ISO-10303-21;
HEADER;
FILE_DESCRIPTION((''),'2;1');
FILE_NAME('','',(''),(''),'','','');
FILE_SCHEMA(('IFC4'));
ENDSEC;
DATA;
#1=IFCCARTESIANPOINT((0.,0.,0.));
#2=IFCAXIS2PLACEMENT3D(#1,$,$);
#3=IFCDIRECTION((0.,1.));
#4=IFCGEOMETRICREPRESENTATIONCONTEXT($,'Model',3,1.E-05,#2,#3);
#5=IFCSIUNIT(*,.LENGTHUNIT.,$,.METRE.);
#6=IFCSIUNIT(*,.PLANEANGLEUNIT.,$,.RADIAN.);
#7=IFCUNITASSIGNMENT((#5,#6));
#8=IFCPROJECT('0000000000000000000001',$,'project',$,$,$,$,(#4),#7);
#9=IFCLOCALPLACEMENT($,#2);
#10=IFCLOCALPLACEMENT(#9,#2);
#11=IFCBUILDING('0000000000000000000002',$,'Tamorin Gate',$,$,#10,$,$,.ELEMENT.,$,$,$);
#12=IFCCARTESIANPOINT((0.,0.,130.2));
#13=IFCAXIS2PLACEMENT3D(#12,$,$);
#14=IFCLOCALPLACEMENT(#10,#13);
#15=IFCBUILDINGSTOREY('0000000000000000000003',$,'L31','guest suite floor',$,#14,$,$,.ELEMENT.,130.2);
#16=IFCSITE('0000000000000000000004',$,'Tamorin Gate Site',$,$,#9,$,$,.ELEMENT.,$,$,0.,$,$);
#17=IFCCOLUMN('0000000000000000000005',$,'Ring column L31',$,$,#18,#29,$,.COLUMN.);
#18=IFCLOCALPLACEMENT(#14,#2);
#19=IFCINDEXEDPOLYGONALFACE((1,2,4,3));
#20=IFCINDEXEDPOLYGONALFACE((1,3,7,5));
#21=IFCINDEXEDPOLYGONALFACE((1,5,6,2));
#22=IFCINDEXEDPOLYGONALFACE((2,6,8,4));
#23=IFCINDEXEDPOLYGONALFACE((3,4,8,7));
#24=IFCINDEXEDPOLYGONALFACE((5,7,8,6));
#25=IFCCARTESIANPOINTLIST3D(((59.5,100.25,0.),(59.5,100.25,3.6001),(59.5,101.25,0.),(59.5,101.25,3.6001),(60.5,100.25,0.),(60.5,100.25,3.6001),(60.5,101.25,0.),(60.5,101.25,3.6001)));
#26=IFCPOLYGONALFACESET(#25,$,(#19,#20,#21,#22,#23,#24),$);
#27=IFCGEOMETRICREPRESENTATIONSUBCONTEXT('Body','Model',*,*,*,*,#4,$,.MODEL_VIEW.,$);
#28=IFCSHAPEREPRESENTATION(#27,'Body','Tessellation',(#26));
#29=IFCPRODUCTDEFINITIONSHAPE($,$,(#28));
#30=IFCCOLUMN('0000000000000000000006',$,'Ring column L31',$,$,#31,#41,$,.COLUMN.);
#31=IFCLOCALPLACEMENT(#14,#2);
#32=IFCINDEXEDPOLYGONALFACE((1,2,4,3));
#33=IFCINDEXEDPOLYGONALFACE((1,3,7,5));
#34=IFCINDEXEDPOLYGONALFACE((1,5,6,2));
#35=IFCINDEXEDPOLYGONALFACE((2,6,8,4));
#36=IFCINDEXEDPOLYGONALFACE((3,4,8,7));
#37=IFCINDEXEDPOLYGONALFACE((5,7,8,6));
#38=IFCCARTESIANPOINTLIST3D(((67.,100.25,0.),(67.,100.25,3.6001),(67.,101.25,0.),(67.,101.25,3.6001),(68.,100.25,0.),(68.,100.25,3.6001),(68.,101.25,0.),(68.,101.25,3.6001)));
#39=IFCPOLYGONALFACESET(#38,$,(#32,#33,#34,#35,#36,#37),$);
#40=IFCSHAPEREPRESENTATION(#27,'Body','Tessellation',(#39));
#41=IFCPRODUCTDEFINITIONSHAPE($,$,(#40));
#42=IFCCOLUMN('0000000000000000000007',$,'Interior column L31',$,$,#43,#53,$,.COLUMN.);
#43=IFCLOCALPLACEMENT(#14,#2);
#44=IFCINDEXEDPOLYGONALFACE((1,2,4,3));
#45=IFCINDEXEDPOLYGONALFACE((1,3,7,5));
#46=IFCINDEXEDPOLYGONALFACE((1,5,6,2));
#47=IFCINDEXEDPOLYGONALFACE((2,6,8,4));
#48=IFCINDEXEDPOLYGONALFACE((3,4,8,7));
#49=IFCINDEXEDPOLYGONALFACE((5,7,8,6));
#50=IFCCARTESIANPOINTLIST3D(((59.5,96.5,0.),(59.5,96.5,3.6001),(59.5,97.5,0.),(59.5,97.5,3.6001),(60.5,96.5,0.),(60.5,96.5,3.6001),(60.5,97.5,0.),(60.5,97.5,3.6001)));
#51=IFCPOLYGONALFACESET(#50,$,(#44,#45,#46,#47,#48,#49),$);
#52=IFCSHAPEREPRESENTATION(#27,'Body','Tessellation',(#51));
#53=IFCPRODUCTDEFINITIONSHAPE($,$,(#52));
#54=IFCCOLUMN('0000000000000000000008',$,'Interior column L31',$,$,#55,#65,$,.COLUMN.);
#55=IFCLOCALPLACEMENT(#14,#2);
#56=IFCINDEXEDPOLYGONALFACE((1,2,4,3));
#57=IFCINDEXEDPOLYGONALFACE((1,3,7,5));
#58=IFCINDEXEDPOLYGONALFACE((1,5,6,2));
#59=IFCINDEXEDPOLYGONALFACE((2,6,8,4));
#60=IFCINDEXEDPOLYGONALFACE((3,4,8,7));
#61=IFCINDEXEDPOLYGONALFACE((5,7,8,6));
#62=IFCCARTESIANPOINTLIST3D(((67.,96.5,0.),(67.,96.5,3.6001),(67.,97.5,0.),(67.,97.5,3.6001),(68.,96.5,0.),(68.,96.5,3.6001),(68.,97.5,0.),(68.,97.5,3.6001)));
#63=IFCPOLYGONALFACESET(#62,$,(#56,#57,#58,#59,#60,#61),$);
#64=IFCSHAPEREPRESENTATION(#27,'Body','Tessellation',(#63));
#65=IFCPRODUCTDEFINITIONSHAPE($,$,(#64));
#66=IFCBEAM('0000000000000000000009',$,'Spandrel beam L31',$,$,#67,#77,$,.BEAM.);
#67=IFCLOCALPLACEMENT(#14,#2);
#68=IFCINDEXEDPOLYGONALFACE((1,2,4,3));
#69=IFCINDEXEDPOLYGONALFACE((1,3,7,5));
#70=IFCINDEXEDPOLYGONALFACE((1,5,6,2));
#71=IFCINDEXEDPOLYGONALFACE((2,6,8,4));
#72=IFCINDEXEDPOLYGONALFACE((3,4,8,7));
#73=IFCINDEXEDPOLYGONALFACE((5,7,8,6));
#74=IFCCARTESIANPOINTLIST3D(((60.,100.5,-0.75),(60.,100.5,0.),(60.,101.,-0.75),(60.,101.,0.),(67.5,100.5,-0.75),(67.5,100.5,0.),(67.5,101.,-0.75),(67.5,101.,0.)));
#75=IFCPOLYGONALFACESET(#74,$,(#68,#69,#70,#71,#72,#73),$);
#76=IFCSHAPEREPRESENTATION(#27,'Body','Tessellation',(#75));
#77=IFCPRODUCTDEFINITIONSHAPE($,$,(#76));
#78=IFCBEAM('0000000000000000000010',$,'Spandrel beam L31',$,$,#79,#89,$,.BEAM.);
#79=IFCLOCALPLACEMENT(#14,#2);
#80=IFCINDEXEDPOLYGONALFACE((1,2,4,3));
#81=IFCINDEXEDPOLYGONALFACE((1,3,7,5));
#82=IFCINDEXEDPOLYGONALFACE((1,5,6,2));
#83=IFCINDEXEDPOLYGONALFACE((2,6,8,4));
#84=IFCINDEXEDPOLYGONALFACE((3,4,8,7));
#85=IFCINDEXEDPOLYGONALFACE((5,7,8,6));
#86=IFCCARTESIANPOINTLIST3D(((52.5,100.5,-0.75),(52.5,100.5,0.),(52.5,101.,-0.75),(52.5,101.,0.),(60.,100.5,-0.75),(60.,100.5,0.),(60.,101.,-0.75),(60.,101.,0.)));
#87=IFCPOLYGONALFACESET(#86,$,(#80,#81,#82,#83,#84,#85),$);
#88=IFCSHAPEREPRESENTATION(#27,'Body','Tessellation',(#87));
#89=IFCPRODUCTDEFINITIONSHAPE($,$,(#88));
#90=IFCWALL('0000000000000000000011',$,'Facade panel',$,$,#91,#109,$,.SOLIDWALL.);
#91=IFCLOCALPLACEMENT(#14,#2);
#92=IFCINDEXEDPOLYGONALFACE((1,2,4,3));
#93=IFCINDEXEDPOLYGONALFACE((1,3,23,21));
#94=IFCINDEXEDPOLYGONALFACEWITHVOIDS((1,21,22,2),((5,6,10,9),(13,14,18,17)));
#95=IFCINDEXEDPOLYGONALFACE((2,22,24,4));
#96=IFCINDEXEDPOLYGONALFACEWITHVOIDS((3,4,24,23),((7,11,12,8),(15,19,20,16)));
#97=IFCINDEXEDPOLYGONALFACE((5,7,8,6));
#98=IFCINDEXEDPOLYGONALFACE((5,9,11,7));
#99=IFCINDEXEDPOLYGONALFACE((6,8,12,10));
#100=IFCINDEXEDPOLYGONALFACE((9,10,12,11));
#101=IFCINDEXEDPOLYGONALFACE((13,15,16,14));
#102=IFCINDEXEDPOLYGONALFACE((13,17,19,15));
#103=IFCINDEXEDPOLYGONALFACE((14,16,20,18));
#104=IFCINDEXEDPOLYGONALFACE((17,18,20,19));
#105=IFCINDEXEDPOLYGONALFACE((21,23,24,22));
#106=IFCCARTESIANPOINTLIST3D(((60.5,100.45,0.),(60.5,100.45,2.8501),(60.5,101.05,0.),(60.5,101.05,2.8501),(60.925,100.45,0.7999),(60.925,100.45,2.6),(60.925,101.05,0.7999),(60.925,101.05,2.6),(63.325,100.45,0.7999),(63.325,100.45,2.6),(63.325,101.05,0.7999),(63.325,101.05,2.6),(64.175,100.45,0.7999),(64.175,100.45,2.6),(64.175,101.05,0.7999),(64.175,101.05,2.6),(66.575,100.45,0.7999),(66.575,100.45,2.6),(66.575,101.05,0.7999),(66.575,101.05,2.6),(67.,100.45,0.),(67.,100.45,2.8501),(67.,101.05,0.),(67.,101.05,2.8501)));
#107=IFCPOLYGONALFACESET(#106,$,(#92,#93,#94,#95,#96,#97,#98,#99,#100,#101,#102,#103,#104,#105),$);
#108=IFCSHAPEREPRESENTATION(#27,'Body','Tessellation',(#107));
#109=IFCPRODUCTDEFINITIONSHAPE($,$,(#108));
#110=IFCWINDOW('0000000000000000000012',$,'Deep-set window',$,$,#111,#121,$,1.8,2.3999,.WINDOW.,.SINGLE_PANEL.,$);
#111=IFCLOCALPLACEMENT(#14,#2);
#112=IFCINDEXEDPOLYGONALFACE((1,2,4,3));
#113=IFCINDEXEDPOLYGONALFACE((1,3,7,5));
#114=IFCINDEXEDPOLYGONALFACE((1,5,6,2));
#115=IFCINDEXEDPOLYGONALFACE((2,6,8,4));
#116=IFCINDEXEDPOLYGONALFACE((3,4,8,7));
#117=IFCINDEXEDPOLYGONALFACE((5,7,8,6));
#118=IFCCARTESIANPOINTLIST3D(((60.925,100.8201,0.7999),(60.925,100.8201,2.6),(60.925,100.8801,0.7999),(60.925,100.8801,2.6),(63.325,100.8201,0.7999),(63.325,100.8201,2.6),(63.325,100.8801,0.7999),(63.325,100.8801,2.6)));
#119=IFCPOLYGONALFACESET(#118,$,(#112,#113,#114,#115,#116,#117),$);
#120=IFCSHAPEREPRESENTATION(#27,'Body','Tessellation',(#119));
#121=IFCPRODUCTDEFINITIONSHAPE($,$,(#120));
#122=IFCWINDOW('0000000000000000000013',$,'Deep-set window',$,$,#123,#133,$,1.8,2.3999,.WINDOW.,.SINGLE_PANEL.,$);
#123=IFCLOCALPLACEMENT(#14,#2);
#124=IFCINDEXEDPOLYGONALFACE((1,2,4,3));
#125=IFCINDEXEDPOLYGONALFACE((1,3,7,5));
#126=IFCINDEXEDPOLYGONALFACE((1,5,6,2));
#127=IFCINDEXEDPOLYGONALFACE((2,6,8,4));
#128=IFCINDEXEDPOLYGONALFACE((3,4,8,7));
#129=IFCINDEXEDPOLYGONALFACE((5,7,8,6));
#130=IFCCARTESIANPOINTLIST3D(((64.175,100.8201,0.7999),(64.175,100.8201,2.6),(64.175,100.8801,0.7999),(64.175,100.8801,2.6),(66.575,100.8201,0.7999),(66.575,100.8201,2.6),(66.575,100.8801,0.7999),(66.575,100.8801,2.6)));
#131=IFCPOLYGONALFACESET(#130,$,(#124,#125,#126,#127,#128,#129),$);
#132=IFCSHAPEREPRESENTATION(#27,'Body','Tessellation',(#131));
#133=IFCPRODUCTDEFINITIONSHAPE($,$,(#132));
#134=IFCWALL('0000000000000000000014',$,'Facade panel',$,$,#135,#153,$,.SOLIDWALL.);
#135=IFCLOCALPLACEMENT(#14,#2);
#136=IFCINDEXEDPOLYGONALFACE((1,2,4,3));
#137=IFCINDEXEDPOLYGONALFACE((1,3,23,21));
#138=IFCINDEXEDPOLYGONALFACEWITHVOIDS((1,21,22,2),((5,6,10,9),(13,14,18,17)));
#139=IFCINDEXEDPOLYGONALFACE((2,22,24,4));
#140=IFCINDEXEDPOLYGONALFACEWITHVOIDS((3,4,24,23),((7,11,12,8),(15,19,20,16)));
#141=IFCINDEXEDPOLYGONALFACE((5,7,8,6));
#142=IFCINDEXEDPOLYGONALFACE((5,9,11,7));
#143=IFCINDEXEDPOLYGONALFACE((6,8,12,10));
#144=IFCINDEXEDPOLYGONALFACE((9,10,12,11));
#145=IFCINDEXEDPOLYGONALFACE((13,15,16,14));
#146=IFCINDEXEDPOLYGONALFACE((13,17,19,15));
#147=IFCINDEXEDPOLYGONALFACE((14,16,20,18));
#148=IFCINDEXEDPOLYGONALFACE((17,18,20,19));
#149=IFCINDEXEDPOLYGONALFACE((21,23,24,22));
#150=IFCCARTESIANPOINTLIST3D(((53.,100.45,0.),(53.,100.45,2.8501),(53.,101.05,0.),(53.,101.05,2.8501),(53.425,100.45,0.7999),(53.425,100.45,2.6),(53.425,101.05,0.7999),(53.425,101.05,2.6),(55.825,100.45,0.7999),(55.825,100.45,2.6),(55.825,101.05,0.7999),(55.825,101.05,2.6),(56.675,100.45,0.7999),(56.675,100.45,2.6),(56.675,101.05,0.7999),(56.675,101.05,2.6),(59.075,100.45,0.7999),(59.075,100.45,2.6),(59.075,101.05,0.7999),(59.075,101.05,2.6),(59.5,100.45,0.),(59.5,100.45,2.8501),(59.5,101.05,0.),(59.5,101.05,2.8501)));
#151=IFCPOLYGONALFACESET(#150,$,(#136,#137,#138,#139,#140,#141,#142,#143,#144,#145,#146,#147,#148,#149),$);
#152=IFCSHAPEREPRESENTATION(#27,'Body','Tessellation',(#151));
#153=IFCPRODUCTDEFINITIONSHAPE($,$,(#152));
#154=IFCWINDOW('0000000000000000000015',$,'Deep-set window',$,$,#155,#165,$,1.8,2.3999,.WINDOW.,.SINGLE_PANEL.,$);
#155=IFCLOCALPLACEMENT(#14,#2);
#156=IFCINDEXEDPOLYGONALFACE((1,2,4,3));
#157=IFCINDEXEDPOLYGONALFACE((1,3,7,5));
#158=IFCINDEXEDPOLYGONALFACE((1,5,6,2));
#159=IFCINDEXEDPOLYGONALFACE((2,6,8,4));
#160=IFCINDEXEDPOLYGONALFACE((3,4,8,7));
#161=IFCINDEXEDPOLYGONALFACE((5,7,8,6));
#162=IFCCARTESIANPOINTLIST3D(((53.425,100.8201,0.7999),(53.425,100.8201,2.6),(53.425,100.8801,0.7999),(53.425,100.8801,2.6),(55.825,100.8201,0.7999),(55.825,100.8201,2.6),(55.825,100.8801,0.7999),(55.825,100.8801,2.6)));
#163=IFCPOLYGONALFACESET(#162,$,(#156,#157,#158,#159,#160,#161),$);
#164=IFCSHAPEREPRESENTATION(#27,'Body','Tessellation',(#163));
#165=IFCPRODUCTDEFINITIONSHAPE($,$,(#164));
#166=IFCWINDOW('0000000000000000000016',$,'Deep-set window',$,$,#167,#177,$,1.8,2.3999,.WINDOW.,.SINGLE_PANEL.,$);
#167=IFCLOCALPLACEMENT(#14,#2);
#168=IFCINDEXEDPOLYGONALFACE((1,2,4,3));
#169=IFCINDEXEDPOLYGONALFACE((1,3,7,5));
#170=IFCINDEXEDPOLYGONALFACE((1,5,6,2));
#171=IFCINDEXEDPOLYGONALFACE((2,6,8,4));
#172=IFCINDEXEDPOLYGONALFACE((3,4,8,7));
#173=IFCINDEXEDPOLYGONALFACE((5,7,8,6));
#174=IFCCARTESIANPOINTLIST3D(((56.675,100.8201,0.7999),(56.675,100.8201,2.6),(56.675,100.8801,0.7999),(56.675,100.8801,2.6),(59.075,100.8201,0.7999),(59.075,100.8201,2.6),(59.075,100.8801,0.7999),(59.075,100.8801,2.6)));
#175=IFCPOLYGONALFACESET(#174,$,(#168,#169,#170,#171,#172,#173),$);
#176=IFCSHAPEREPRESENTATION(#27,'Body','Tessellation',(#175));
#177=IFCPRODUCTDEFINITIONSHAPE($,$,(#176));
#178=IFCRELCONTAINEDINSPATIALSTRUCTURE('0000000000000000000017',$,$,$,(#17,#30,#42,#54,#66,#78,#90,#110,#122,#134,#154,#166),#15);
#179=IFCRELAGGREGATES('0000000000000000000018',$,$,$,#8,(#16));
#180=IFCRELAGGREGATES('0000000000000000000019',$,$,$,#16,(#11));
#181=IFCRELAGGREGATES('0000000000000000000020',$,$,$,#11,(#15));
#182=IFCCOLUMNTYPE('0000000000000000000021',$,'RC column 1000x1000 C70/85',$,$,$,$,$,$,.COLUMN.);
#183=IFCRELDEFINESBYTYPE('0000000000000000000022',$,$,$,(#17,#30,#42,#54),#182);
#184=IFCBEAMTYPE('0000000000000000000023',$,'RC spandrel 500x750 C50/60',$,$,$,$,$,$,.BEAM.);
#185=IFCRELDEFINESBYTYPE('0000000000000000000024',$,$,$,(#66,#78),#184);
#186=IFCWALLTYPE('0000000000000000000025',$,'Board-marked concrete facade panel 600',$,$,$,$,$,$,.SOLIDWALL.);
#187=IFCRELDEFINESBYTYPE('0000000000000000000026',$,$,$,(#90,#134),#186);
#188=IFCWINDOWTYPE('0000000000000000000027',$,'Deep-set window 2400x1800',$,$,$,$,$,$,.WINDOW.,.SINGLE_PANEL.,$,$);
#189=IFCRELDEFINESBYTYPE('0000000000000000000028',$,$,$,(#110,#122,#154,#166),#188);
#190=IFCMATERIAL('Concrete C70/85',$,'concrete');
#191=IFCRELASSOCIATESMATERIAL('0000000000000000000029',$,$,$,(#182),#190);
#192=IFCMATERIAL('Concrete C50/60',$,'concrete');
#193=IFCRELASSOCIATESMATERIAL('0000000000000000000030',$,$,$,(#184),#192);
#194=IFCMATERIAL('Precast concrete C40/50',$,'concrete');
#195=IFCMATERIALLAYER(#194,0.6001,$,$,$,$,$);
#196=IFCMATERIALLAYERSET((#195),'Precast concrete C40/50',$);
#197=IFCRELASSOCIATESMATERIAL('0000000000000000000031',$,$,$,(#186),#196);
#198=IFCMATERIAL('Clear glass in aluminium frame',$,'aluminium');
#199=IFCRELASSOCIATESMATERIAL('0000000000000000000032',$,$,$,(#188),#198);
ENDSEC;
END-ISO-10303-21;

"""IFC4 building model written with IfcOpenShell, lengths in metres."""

from ifc_helpers import new_model, si_unit, direction, frame, frame_2d, origin, origin_2d, place, context, subcontext, project, spatial, rectangle, extrude, material, layer, layer_set, material_profile, profile_set, type_object, element, fill, save


model = new_model("IFC4")

# Units and contexts
model_context = context("Model", 3, precision=1e-05, world=origin(), true_north=direction((0.0, 1.0)))
body_context = subcontext(model_context, "Body", "Model", "MODEL_VIEW")
ifc_project = project(units=[si_unit("LENGTHUNIT", "METRE"), si_unit("PLANEANGLEUNIT", "RADIAN")], contexts=[model_context])

# Site, building, storey
site_placement = place(None, origin())
site = spatial("IfcSite", under=ifc_project, at=site_placement, Name="Tamorin Gate Site", CompositionType="ELEMENT", RefElevation=0.0)
building_placement = place(site_placement, origin())
building = spatial("IfcBuilding", under=site, at=building_placement, Name="Tamorin Gate", CompositionType="ELEMENT")
storey_placement = place(building_placement, frame((0.0, 0.0, 130.2)))
storey = spatial("IfcBuildingStorey", under=building, at=storey_placement, Name="L31", Description="guest suite floor", CompositionType="ELEMENT", Elevation=130.2)

# Columns
ifc_material_1 = material(Name="Concrete C70/85", Category="concrete")
ifc_material_profile_1 = material_profile(ifc_material_1, rectangle(XDim=1.0, YDim=1.0, at=origin_2d()), Name="RC 1000x1000")
ifc_profile_set_1 = profile_set([ifc_material_profile_1], Name="Concrete C70/85")
column_type = type_object("IfcColumnType", Name="RC column 1000x1000 C70/85", PredefinedType="COLUMN", material=ifc_profile_set_1)
for number, where, z_axis, x_axis, name in (
    (1, (60.0, 100.75, 0.0), (0.0, 0.0, 1.0), (1.0, 0.0, 0.0), "Ring column L31"),
    (2, (67.5, 100.75, 0.0), (0.0, 0.0, 1.0), (1.0, 0.0, 0.0), "Ring column L31"),
    (3, (60.0, 97.0, 0.0), (0.0, 0.0, 1.0), (1.0, 0.0, 0.0), "Interior column L31"),
    (4, (67.5, 97.0, 0.0), (0.0, 0.0, 1.0), (1.0, 0.0, 0.0), "Interior column L31"),
):
    element("IfcColumn", number, at=place(storey_placement, frame(where, z_axis=z_axis, x_axis=x_axis)), inside=storey, type_object=column_type, Name=name, PredefinedType="COLUMN", context=body_context, shape_type="SweptSolid", body=[
        extrude(rectangle(XDim=1.0, YDim=1.0, at=origin_2d()), origin(), (0.0, 0.0, 1.0), 3.6001),
    ])

# Beams
ifc_material_2 = material(Name="Concrete C50/60", Category="concrete")
ifc_material_profile_2 = material_profile(ifc_material_2, rectangle(XDim=0.5, YDim=0.75, at=origin_2d()), Name="RC 500x750")
ifc_profile_set_2 = profile_set([ifc_material_profile_2], Name="Concrete C50/60")
beam_type = type_object("IfcBeamType", Name="RC spandrel 500x750 C50/60", PredefinedType="BEAM", material=ifc_profile_set_2)
for number, where, z_axis, x_axis, name in (
    (5, (67.5, 100.75, -0.375), (-1.0, 0.0, 0.0), (0.0, -1.0, 0.0), "Spandrel beam L31"),
    (6, (60.0, 100.75, -0.375), (-1.0, 0.0, 0.0), (0.0, -1.0, 0.0), "Spandrel beam L31"),
):
    element("IfcBeam", number, at=place(storey_placement, frame(where, z_axis=z_axis, x_axis=x_axis)), inside=storey, type_object=beam_type, Name=name, PredefinedType="BEAM", context=body_context, shape_type="SweptSolid", body=[
        extrude(rectangle(XDim=0.5, YDim=0.75, at=origin_2d()), origin(), (0.0, 0.0, 1.0), 7.5),
    ])

# Walls, openings, windows
ifc_material_3 = material(Name="Precast concrete C40/50", Category="concrete")
ifc_layer_1 = layer(ifc_material_3, 0.6001)
ifc_layer_set_1 = layer_set([ifc_layer_1], Name="Precast concrete C40/50")
wall_type_1 = type_object("IfcWallType", Name="Board-marked concrete facade panel 600", PredefinedType="SOLIDWALL", material=ifc_layer_set_1)
wall_1_placement = place(storey_placement, frame((67.0, 100.75, 0.0), z_axis=(0.0, 0.0, 1.0), x_axis=(-1.0, 0.0, 0.0)))
wall_1 = element("IfcWall", 7, at=wall_1_placement, inside=storey, type_object=wall_type_1, Name="Facade panel", PredefinedType="SOLIDWALL", context=body_context, shape_type="SweptSolid", body=[
    extrude(rectangle(XDim=6.5, YDim=0.6001, at=frame_2d((3.25, 0.0))), origin(), (0.0, 0.0, 1.0), 2.8501),
])
opening_1_placement = place(wall_1_placement, frame((3.675, 0.0, 0.8)))
opening_1 = element("IfcOpeningElement", 8, at=opening_1_placement, cuts=wall_1, PredefinedType="OPENING", context=body_context, shape_type="SweptSolid", body=[
    extrude(rectangle(XDim=2.3999, YDim=1.8, at=frame_2d((1.2, 0.8999))), frame((0.0, 0.3101, 0.0), z_axis=(0.0, -1.0, 0.0), x_axis=(1.0, 0.0, 0.0)), (0.0, 0.0, 1.0), 0.6201),
])
opening_2_placement = place(wall_1_placement, frame((0.425, 0.0, 0.8)))
opening_2 = element("IfcOpeningElement", 9, at=opening_2_placement, cuts=wall_1, PredefinedType="OPENING", context=body_context, shape_type="SweptSolid", body=[
    extrude(rectangle(XDim=2.3999, YDim=1.8, at=frame_2d((1.2, 0.8999))), frame((0.0, 0.3101, 0.0), z_axis=(0.0, -1.0, 0.0), x_axis=(1.0, 0.0, 0.0)), (0.0, 0.0, 1.0), 0.6201),
])
ifc_material_4 = material(Name="Clear glass in aluminium frame", Category="aluminium")
window_type = type_object("IfcWindowType", Name="Deep-set window 2400x1800", PartitioningType="SINGLE_PANEL", PredefinedType="WINDOW", material=ifc_material_4)
window_1_placement = place(opening_1_placement, origin())
window_1 = element("IfcWindow", 10, at=window_1_placement, inside=storey, type_object=window_type, Name="Deep-set window", OverallHeight=1.8, OverallWidth=2.3999, PartitioningType="SINGLE_PANEL", PredefinedType="WINDOW", context=body_context, shape_type="SweptSolid", body=[
    extrude(rectangle(XDim=2.3999, YDim=1.8, at=frame_2d((1.2, 0.8999))), frame((0.0, -0.0701, 0.0), z_axis=(0.0, -1.0, 0.0), x_axis=(1.0, 0.0, 0.0)), (0.0, 0.0, 1.0), 0.0601),
])
fill(opening_1, window_1)
window_2_placement = place(opening_2_placement, origin())
window_2 = element("IfcWindow", 11, at=window_2_placement, inside=storey, type_object=window_type, Name="Deep-set window", OverallHeight=1.8, OverallWidth=2.3999, PartitioningType="SINGLE_PANEL", PredefinedType="WINDOW", context=body_context, shape_type="SweptSolid", body=[
    extrude(rectangle(XDim=2.3999, YDim=1.8, at=frame_2d((1.2, 0.8999))), frame((0.0, -0.0701, 0.0), z_axis=(0.0, -1.0, 0.0), x_axis=(1.0, 0.0, 0.0)), (0.0, 0.0, 1.0), 0.0601),
])
fill(opening_2, window_2)
wall_2_placement = place(storey_placement, frame((59.5, 100.75, 0.0), z_axis=(0.0, 0.0, 1.0), x_axis=(-1.0, 0.0, 0.0)))
wall_2 = element("IfcWall", 12, at=wall_2_placement, inside=storey, type_object=wall_type_1, Name="Facade panel", PredefinedType="SOLIDWALL", context=body_context, shape_type="SweptSolid", body=[
    extrude(rectangle(XDim=6.5, YDim=0.6001, at=frame_2d((3.25, 0.0))), origin(), (0.0, 0.0, 1.0), 2.8501),
])
opening_3_placement = place(wall_2_placement, frame((3.675, 0.0, 0.8)))
opening_3 = element("IfcOpeningElement", 13, at=opening_3_placement, cuts=wall_2, PredefinedType="OPENING", context=body_context, shape_type="SweptSolid", body=[
    extrude(rectangle(XDim=2.3999, YDim=1.8, at=frame_2d((1.2, 0.8999))), frame((0.0, 0.3101, 0.0), z_axis=(0.0, -1.0, 0.0), x_axis=(1.0, 0.0, 0.0)), (0.0, 0.0, 1.0), 0.6201),
])
opening_4_placement = place(wall_2_placement, frame((0.425, 0.0, 0.8)))
opening_4 = element("IfcOpeningElement", 14, at=opening_4_placement, cuts=wall_2, PredefinedType="OPENING", context=body_context, shape_type="SweptSolid", body=[
    extrude(rectangle(XDim=2.3999, YDim=1.8, at=frame_2d((1.2, 0.8999))), frame((0.0, 0.3101, 0.0), z_axis=(0.0, -1.0, 0.0), x_axis=(1.0, 0.0, 0.0)), (0.0, 0.0, 1.0), 0.6201),
])
window_3_placement = place(opening_3_placement, origin())
window_3 = element("IfcWindow", 15, at=window_3_placement, inside=storey, type_object=window_type, Name="Deep-set window", OverallHeight=1.8, OverallWidth=2.3999, PartitioningType="SINGLE_PANEL", PredefinedType="WINDOW", context=body_context, shape_type="SweptSolid", body=[
    extrude(rectangle(XDim=2.3999, YDim=1.8, at=frame_2d((1.2, 0.8999))), frame((0.0, -0.0701, 0.0), z_axis=(0.0, -1.0, 0.0), x_axis=(1.0, 0.0, 0.0)), (0.0, 0.0, 1.0), 0.0601),
])
fill(opening_3, window_3)
window_4_placement = place(opening_4_placement, origin())
window_4 = element("IfcWindow", 16, at=window_4_placement, inside=storey, type_object=window_type, Name="Deep-set window", OverallHeight=1.8, OverallWidth=2.3999, PartitioningType="SINGLE_PANEL", PredefinedType="WINDOW", context=body_context, shape_type="SweptSolid", body=[
    extrude(rectangle(XDim=2.3999, YDim=1.8, at=frame_2d((1.2, 0.8999))), frame((0.0, -0.0701, 0.0), z_axis=(0.0, -1.0, 0.0), x_axis=(1.0, 0.0, 0.0)), (0.0, 0.0, 1.0), 0.0601),
])
fill(opening_4, window_4)

save(model, "model.ifc")
